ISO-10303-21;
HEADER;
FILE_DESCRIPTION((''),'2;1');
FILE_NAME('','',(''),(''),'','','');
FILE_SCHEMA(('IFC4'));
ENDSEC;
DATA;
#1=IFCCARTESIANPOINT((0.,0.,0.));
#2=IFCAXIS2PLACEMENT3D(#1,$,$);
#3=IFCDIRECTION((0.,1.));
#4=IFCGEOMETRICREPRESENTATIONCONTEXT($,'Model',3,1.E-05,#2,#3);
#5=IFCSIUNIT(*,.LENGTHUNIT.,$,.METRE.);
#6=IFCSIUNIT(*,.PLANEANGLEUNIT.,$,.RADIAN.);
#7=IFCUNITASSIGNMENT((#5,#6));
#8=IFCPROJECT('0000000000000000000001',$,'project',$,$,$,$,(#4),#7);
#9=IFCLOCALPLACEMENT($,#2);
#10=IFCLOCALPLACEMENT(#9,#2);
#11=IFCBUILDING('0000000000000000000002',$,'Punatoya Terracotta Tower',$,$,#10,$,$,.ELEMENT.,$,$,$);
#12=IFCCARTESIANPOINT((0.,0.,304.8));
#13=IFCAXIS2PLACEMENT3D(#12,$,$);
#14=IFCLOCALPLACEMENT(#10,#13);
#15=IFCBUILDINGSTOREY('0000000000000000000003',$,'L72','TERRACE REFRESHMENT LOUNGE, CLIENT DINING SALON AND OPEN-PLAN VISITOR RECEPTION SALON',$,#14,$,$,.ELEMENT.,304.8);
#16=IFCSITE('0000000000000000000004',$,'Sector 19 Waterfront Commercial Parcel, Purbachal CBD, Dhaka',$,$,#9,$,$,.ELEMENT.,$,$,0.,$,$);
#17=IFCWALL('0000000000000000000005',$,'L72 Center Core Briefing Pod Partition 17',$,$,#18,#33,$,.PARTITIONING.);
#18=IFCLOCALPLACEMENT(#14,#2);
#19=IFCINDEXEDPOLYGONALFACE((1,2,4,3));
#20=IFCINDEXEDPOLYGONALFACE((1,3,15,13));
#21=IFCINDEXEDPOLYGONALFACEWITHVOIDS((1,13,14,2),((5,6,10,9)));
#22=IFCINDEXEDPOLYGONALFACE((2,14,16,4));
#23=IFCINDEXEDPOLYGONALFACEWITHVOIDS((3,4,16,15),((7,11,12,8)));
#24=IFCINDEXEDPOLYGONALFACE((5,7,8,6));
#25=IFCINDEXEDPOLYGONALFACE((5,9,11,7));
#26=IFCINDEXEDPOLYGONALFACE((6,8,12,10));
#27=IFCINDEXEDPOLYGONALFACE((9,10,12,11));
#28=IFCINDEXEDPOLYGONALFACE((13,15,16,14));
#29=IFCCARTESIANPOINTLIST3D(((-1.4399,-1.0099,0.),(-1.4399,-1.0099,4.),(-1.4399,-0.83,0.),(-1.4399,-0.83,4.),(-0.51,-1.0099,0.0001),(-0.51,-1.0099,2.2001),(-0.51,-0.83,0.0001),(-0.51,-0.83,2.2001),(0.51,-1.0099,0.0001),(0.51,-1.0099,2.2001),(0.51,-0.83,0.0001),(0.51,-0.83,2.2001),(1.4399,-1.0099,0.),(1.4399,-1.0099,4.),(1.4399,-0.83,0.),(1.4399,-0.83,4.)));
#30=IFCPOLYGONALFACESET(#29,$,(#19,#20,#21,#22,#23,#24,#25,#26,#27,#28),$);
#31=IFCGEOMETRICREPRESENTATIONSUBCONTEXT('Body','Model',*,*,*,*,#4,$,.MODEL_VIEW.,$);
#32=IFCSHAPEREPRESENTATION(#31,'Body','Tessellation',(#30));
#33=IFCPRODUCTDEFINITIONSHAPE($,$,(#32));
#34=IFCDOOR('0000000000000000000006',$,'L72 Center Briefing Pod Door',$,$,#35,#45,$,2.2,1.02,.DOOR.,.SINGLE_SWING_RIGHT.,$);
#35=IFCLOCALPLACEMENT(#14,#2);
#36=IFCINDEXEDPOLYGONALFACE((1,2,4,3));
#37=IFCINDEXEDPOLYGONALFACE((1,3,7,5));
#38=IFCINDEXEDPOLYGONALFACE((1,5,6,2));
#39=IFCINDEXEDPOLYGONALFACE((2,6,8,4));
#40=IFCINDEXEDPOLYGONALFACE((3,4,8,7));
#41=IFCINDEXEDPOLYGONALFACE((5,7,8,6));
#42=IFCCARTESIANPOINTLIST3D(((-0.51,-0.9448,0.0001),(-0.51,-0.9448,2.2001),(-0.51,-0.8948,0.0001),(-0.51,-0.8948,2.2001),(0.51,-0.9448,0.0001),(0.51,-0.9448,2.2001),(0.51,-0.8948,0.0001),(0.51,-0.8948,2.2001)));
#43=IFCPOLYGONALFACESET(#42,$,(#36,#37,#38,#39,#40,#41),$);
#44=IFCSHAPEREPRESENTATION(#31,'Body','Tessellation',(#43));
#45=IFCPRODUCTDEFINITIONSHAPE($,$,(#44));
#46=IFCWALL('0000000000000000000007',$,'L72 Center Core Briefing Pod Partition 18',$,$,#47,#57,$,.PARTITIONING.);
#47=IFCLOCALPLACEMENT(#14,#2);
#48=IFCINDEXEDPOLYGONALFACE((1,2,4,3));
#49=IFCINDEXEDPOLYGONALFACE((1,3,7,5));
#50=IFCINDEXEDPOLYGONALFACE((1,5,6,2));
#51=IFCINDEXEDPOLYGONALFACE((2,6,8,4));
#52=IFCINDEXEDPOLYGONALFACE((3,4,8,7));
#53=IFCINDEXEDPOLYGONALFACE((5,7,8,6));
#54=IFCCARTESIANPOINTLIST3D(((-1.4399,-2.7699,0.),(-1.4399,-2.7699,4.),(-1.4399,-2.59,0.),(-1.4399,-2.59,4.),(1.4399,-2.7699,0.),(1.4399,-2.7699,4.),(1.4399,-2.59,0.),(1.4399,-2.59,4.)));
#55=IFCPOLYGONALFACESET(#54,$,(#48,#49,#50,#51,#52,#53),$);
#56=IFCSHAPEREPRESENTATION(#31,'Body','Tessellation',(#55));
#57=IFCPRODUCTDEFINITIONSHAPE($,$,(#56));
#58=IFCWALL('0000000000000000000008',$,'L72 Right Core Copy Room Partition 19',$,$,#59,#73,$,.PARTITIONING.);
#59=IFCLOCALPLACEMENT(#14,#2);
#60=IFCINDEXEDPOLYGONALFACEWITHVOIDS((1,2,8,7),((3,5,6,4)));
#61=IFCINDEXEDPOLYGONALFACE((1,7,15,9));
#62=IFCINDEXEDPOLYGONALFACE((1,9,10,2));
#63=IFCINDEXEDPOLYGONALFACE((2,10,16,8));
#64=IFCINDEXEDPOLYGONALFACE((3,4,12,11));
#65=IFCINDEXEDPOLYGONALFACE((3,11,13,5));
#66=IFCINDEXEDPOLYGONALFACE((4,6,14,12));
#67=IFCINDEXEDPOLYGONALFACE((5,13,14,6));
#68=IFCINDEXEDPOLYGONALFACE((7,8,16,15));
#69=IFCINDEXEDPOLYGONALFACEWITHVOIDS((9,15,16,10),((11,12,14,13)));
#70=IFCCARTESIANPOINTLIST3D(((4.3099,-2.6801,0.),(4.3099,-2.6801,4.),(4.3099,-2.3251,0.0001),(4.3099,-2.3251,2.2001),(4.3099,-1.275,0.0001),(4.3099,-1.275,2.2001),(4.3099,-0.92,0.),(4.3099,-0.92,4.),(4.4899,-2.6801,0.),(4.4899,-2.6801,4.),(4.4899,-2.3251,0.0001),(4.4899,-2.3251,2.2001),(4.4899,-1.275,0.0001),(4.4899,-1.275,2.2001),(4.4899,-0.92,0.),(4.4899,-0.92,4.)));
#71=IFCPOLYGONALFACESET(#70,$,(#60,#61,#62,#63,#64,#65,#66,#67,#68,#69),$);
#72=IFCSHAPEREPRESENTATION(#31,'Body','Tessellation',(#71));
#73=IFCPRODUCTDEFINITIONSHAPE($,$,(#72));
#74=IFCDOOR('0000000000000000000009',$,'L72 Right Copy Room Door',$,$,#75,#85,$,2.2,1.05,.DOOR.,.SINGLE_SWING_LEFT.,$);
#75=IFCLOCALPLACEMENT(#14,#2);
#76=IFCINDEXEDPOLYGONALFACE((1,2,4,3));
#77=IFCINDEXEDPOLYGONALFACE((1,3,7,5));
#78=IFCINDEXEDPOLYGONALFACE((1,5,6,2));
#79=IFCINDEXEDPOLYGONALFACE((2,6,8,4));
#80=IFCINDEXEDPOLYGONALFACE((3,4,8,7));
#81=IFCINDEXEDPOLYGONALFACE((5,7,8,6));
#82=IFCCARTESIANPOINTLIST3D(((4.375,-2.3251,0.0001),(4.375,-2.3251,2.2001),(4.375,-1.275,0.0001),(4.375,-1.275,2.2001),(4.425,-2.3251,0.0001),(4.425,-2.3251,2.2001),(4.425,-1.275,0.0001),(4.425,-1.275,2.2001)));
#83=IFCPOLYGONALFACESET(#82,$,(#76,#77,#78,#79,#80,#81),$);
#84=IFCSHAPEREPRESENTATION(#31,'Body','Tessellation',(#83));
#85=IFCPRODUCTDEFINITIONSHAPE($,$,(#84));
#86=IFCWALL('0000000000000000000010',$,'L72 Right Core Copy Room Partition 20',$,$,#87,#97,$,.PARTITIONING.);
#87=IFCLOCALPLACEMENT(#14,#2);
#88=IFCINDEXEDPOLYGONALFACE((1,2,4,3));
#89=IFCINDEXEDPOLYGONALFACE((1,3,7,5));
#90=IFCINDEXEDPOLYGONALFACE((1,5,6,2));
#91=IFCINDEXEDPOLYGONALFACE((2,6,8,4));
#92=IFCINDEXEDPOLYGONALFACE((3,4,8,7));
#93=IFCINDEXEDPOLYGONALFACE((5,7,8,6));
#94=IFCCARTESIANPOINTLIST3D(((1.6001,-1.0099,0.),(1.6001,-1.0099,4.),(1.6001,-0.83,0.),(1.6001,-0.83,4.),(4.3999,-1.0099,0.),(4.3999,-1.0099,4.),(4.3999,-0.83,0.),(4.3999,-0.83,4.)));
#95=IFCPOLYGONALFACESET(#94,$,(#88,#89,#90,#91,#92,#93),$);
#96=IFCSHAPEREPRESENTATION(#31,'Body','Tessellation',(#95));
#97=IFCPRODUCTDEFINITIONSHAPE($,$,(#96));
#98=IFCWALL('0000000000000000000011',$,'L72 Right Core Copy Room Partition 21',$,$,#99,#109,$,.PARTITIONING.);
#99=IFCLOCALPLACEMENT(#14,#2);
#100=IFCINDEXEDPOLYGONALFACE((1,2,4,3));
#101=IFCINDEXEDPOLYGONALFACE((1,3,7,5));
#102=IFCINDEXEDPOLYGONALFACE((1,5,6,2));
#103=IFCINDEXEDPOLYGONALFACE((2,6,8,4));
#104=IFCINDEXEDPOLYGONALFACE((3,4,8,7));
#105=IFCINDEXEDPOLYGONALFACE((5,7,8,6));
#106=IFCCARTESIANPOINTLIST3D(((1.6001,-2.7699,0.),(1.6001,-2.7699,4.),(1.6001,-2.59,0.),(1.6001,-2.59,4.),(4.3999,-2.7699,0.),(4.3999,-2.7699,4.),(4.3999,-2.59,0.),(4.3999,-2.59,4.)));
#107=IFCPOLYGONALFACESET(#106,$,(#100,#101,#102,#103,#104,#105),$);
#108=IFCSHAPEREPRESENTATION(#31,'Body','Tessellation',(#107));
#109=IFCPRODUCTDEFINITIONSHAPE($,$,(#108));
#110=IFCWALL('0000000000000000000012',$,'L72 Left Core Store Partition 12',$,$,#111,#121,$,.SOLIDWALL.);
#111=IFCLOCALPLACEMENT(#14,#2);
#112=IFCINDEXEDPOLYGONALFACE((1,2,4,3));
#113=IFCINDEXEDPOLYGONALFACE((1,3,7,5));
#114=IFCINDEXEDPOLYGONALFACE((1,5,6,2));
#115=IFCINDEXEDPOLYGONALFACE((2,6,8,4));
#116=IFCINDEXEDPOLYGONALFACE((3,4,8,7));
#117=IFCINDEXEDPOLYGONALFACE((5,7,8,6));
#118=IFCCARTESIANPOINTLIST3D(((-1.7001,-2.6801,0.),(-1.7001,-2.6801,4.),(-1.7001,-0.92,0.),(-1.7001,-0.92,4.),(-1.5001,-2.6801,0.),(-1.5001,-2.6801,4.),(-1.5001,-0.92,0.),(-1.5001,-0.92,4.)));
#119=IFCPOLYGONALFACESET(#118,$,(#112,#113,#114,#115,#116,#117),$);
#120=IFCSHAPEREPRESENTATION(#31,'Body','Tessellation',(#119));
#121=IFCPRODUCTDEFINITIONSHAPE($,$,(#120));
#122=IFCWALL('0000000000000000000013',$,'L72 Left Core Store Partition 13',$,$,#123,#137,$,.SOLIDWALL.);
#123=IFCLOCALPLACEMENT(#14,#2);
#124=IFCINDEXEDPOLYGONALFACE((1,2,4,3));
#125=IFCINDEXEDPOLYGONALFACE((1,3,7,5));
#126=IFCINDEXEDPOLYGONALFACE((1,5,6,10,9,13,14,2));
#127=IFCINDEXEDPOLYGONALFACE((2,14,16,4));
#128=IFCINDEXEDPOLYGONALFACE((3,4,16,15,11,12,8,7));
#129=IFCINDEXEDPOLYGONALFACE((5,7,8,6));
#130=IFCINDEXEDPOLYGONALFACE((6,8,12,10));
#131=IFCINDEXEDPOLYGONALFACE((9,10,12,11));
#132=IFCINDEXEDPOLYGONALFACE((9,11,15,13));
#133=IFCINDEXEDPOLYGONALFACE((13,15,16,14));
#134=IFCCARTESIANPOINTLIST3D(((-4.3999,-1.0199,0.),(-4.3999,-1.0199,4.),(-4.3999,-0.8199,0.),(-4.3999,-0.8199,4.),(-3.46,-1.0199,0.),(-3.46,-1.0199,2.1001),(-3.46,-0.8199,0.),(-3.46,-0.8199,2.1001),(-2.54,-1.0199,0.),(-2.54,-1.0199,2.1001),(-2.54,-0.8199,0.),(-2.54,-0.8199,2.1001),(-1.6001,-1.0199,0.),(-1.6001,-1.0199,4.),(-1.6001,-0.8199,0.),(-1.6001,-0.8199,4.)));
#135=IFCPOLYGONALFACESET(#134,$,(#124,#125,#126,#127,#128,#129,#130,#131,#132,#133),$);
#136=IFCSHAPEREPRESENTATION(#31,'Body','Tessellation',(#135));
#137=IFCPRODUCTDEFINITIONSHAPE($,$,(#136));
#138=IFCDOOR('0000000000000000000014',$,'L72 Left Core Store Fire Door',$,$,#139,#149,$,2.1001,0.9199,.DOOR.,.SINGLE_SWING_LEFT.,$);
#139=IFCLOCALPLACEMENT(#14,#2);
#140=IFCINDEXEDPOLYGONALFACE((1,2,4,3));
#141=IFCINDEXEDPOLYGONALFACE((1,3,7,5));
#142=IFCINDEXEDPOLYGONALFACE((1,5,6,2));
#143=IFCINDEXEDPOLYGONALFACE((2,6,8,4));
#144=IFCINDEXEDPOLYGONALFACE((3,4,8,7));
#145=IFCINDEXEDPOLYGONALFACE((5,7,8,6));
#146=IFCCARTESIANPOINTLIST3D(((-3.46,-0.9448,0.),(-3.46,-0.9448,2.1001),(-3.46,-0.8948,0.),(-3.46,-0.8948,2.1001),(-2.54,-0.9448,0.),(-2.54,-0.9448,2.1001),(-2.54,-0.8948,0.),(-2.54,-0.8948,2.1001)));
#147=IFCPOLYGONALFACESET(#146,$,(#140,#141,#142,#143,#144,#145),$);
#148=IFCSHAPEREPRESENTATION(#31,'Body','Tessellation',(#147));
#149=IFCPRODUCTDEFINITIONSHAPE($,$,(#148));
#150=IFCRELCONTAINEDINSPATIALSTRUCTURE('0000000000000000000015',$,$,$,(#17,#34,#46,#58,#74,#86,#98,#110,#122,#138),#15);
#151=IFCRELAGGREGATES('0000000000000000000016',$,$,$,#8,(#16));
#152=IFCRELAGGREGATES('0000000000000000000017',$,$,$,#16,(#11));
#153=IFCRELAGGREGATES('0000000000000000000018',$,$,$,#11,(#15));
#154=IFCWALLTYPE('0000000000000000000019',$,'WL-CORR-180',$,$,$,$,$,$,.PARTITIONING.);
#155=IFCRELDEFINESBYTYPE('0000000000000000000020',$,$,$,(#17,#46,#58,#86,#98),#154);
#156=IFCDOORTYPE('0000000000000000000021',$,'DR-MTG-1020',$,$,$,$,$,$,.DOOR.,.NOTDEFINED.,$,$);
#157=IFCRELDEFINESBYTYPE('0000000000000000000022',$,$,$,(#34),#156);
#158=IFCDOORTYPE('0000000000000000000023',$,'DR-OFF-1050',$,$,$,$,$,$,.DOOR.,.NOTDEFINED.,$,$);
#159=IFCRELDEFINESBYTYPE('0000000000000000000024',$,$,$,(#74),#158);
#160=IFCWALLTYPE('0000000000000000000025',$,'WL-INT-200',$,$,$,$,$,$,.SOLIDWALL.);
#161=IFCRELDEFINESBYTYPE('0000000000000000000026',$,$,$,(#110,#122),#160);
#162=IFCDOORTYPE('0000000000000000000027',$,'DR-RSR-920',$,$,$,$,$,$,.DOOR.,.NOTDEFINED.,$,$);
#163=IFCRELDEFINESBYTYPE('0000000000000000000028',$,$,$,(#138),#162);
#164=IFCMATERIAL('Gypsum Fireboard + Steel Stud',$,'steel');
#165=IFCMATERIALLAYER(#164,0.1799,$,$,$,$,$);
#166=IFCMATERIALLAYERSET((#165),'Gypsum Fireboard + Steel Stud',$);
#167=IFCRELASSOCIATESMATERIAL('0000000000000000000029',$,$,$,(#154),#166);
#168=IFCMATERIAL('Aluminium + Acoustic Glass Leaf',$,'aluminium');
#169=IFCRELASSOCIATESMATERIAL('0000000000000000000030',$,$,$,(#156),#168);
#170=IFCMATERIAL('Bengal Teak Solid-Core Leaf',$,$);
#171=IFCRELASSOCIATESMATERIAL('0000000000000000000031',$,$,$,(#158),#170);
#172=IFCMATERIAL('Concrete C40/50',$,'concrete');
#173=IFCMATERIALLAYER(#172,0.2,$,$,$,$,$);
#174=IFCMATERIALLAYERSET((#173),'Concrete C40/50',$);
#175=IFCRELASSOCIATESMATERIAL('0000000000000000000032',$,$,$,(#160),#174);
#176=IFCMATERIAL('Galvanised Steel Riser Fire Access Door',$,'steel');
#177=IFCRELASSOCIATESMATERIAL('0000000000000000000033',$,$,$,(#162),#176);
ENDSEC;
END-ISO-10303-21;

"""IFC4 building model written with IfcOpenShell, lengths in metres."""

from ifc_helpers import new_model, si_unit, direction, frame, frame_2d, origin, place, context, subcontext, project, spatial, rectangle, extrude, material, layer, layer_set, type_object, element, fill, save


model = new_model("IFC4")

# Units and contexts
model_context = context("Model", 3, precision=1e-05, world=origin(), true_north=direction((0.0, 1.0)))
body_context = subcontext(model_context, "Body", "Model", "MODEL_VIEW")
ifc_project = project(units=[si_unit("LENGTHUNIT", "METRE"), si_unit("PLANEANGLEUNIT", "RADIAN")], contexts=[model_context])

# Site, building, storey
site_placement = place(None, origin())
site = spatial("IfcSite", under=ifc_project, at=site_placement, Name="Sector 19 Waterfront Commercial Parcel, Purbachal CBD, Dhaka", CompositionType="ELEMENT", RefElevation=0.0)
building_placement = place(site_placement, origin())
building = spatial("IfcBuilding", under=site, at=building_placement, Name="Punatoya Terracotta Tower", CompositionType="ELEMENT")
storey_placement = place(building_placement, frame((0.0, 0.0, 304.8)))
storey = spatial("IfcBuildingStorey", under=building, at=storey_placement, Name="L72", Description="TERRACE REFRESHMENT LOUNGE, CLIENT DINING SALON AND OPEN-PLAN VISITOR RECEPTION SALON", CompositionType="ELEMENT", Elevation=304.8)

# Shared definitions
ifc_material_1 = material(Name="Concrete C40/50", Category="concrete")

# Shared definitions
ifc_material_2 = material(Name="Gypsum Fireboard + Steel Stud", Category="steel")
ifc_layer_1 = layer(ifc_material_2, 0.1799)
ifc_layer_set_1 = layer_set([ifc_layer_1], Name="Gypsum Fireboard + Steel Stud")
wall_type_1 = type_object("IfcWallType", Name="WL-CORR-180", PredefinedType="PARTITIONING", material=ifc_layer_set_1)
ifc_material_3 = material(Name="Aluminium + Acoustic Glass Leaf", Category="aluminium")
door_type_1 = type_object("IfcDoorType", Name="DR-MTG-1020", OperationType="NOTDEFINED", PredefinedType="DOOR", material=ifc_material_3)

# Wall, opening, door
wall_1_placement = place(storey_placement, frame((1.4399, -0.9199, 0.0), z_axis=(0.0, 0.0, 1.0), x_axis=(-1.0, 0.0, 0.0)))
wall_1 = element("IfcWall", 1, at=wall_1_placement, inside=storey, type_object=wall_type_1, Name="L72 Center Core Briefing Pod Partition 17", PredefinedType="PARTITIONING", context=body_context, shape_type="SweptSolid", body=[
    extrude(rectangle(XDim=2.8799, YDim=0.1799, at=frame_2d((1.4399, 0.0))), origin(), (0.0, 0.0, 1.0), 4.0),
])
opening_1_placement = place(wall_1_placement, frame((0.9299, 0.0, 0.0)))
opening_1 = element("IfcOpeningElement", 2, at=opening_1_placement, cuts=wall_1, PredefinedType="OPENING", context=body_context, shape_type="SweptSolid", body=[
    extrude(rectangle(XDim=1.02, YDim=2.2, at=frame_2d((0.51, 1.1001))), frame((0.0, 0.0999, 0.0), z_axis=(0.0, -1.0, 0.0), x_axis=(1.0, 0.0, 0.0)), (0.0, 0.0, 1.0), 0.2),
])
door_1_placement = place(opening_1_placement, origin())
door_1 = element("IfcDoor", 3, at=door_1_placement, inside=storey, type_object=door_type_1, Name="L72 Center Briefing Pod Door", OperationType="SINGLE_SWING_RIGHT", OverallHeight=2.2, OverallWidth=1.02, PredefinedType="DOOR", context=body_context, shape_type="SweptSolid", body=[
    extrude(rectangle(XDim=1.02, YDim=2.2, at=frame_2d((0.51, 1.1001))), frame((0.0, 0.0249, 0.0), z_axis=(0.0, -1.0, 0.0), x_axis=(1.0, 0.0, 0.0)), (0.0, 0.0, 1.0), 0.05),
])
fill(opening_1, door_1)

# Wall
wall_2_placement = place(storey_placement, frame((-1.4399, -2.6799, 0.0), z_axis=(0.0, 0.0, 1.0), x_axis=(1.0, 0.0, 0.0)))
element("IfcWall", 4, at=wall_2_placement, inside=storey, type_object=wall_type_1, Name="L72 Center Core Briefing Pod Partition 18", PredefinedType="PARTITIONING", context=body_context, shape_type="SweptSolid", body=[
    extrude(rectangle(XDim=2.8799, YDim=0.1799, at=frame_2d((1.4399, 0.0))), origin(), (0.0, 0.0, 1.0), 4.0),
])

# Wall, opening, door
wall_3_placement = place(storey_placement, frame((4.3999, -2.6799, 0.0), z_axis=(0.0, 0.0, 1.0), x_axis=(0.0, 1.0, 0.0)))
wall_3 = element("IfcWall", 5, at=wall_3_placement, inside=storey, type_object=wall_type_1, Name="L72 Right Core Copy Room Partition 19", PredefinedType="PARTITIONING", context=body_context, shape_type="SweptSolid", body=[
    extrude(rectangle(XDim=1.76, YDim=0.1799, at=frame_2d((0.8799, 0.0))), origin(), (0.0, 0.0, 1.0), 4.0),
])
opening_2_placement = place(wall_3_placement, frame((0.355, 0.0, 0.0)))
opening_2 = element("IfcOpeningElement", 6, at=opening_2_placement, cuts=wall_3, PredefinedType="OPENING", context=body_context, shape_type="SweptSolid", body=[
    extrude(rectangle(XDim=1.05, YDim=2.2, at=frame_2d((0.5249, 1.1001))), frame((0.0, 0.0999, 0.0), z_axis=(0.0, -1.0, 0.0), x_axis=(1.0, 0.0, 0.0)), (0.0, 0.0, 1.0), 0.2),
])
ifc_material_4 = material(Name="Bengal Teak Solid-Core Leaf")
door_type_2 = type_object("IfcDoorType", Name="DR-OFF-1050", OperationType="NOTDEFINED", PredefinedType="DOOR", material=ifc_material_4)
door_2_placement = place(opening_2_placement, origin())
door_2 = element("IfcDoor", 7, at=door_2_placement, inside=storey, type_object=door_type_2, Name="L72 Right Copy Room Door", OperationType="SINGLE_SWING_LEFT", OverallHeight=2.2, OverallWidth=1.05, PredefinedType="DOOR", context=body_context, shape_type="SweptSolid", body=[
    extrude(rectangle(XDim=1.05, YDim=2.2, at=frame_2d((0.5249, 1.1001))), frame((0.0, 0.0249, 0.0), z_axis=(0.0, -1.0, 0.0), x_axis=(1.0, 0.0, 0.0)), (0.0, 0.0, 1.0), 0.05),
])
fill(opening_2, door_2)

# Walls
for number, where, z_axis, x_axis, name in (
    (8, (4.3999, -0.9199, 0.0), (0.0, 0.0, 1.0), (-1.0, 0.0, 0.0), "L72 Right Core Copy Room Partition 20"),
    (9, (1.6001, -2.6799, 0.0), (0.0, 0.0, 1.0), (1.0, 0.0, 0.0), "L72 Right Core Copy Room Partition 21"),
):
    element("IfcWall", number, at=place(storey_placement, frame(where, z_axis=z_axis, x_axis=x_axis)), inside=storey, type_object=wall_type_1, Name=name, PredefinedType="PARTITIONING", context=body_context, shape_type="SweptSolid", body=[
        extrude(rectangle(XDim=2.7998, YDim=0.1799, at=frame_2d((1.3999, 0.0))), origin(), (0.0, 0.0, 1.0), 4.0),
    ])
ifc_layer_2 = layer(ifc_material_1, 0.2)
ifc_layer_set_2 = layer_set([ifc_layer_2], Name="Concrete C40/50")
wall_type_2 = type_object("IfcWallType", Name="WL-INT-200", PredefinedType="SOLIDWALL", material=ifc_layer_set_2)
wall_4_placement = place(storey_placement, frame((-1.6001, -2.6799, 0.0), z_axis=(0.0, 0.0, 1.0), x_axis=(0.0, 1.0, 0.0)))
element("IfcWall", 10, at=wall_4_placement, inside=storey, type_object=wall_type_2, Name="L72 Left Core Store Partition 12", PredefinedType="SOLIDWALL", context=body_context, shape_type="SweptSolid", body=[
    extrude(rectangle(XDim=1.76, YDim=0.2, at=frame_2d((0.8799, 0.0))), origin(), (0.0, 0.0, 1.0), 4.0),
])

# Wall, opening, door
wall_5_placement = place(storey_placement, frame((-1.6001, -0.9199, 0.0), z_axis=(0.0, 0.0, 1.0), x_axis=(-1.0, 0.0, 0.0)))
wall_5 = element("IfcWall", 11, at=wall_5_placement, inside=storey, type_object=wall_type_2, Name="L72 Left Core Store Partition 13", PredefinedType="SOLIDWALL", context=body_context, shape_type="SweptSolid", body=[
    extrude(rectangle(XDim=2.7998, YDim=0.2, at=frame_2d((1.3999, 0.0))), origin(), (0.0, 0.0, 1.0), 4.0),
])
opening_3_placement = place(wall_5_placement, frame((0.9399, 0.0, 0.0)))
opening_3 = element("IfcOpeningElement", 12, at=opening_3_placement, cuts=wall_5, PredefinedType="OPENING", context=body_context, shape_type="SweptSolid", body=[
    extrude(rectangle(XDim=0.9199, YDim=2.1001, at=frame_2d((0.46, 1.05))), frame((0.0, 0.1099, 0.0), z_axis=(0.0, -1.0, 0.0), x_axis=(1.0, 0.0, 0.0)), (0.0, 0.0, 1.0), 0.22),
])
ifc_material_5 = material(Name="Galvanised Steel Riser Fire Access Door", Category="steel")
door_type_3 = type_object("IfcDoorType", Name="DR-RSR-920", OperationType="NOTDEFINED", PredefinedType="DOOR", material=ifc_material_5)
door_3_placement = place(opening_3_placement, origin())
door_3 = element("IfcDoor", 13, at=door_3_placement, inside=storey, type_object=door_type_3, Name="L72 Left Core Store Fire Door", OperationType="SINGLE_SWING_LEFT", OverallHeight=2.1001, OverallWidth=0.9199, PredefinedType="DOOR", context=body_context, shape_type="SweptSolid", body=[
    extrude(rectangle(XDim=0.9199, YDim=2.1001, at=frame_2d((0.46, 1.05))), frame((0.0, 0.0249, 0.0), z_axis=(0.0, -1.0, 0.0), x_axis=(1.0, 0.0, 0.0)), (0.0, 0.0, 1.0), 0.05),
])
fill(opening_3, door_3)

save(model, "model.ifc")
